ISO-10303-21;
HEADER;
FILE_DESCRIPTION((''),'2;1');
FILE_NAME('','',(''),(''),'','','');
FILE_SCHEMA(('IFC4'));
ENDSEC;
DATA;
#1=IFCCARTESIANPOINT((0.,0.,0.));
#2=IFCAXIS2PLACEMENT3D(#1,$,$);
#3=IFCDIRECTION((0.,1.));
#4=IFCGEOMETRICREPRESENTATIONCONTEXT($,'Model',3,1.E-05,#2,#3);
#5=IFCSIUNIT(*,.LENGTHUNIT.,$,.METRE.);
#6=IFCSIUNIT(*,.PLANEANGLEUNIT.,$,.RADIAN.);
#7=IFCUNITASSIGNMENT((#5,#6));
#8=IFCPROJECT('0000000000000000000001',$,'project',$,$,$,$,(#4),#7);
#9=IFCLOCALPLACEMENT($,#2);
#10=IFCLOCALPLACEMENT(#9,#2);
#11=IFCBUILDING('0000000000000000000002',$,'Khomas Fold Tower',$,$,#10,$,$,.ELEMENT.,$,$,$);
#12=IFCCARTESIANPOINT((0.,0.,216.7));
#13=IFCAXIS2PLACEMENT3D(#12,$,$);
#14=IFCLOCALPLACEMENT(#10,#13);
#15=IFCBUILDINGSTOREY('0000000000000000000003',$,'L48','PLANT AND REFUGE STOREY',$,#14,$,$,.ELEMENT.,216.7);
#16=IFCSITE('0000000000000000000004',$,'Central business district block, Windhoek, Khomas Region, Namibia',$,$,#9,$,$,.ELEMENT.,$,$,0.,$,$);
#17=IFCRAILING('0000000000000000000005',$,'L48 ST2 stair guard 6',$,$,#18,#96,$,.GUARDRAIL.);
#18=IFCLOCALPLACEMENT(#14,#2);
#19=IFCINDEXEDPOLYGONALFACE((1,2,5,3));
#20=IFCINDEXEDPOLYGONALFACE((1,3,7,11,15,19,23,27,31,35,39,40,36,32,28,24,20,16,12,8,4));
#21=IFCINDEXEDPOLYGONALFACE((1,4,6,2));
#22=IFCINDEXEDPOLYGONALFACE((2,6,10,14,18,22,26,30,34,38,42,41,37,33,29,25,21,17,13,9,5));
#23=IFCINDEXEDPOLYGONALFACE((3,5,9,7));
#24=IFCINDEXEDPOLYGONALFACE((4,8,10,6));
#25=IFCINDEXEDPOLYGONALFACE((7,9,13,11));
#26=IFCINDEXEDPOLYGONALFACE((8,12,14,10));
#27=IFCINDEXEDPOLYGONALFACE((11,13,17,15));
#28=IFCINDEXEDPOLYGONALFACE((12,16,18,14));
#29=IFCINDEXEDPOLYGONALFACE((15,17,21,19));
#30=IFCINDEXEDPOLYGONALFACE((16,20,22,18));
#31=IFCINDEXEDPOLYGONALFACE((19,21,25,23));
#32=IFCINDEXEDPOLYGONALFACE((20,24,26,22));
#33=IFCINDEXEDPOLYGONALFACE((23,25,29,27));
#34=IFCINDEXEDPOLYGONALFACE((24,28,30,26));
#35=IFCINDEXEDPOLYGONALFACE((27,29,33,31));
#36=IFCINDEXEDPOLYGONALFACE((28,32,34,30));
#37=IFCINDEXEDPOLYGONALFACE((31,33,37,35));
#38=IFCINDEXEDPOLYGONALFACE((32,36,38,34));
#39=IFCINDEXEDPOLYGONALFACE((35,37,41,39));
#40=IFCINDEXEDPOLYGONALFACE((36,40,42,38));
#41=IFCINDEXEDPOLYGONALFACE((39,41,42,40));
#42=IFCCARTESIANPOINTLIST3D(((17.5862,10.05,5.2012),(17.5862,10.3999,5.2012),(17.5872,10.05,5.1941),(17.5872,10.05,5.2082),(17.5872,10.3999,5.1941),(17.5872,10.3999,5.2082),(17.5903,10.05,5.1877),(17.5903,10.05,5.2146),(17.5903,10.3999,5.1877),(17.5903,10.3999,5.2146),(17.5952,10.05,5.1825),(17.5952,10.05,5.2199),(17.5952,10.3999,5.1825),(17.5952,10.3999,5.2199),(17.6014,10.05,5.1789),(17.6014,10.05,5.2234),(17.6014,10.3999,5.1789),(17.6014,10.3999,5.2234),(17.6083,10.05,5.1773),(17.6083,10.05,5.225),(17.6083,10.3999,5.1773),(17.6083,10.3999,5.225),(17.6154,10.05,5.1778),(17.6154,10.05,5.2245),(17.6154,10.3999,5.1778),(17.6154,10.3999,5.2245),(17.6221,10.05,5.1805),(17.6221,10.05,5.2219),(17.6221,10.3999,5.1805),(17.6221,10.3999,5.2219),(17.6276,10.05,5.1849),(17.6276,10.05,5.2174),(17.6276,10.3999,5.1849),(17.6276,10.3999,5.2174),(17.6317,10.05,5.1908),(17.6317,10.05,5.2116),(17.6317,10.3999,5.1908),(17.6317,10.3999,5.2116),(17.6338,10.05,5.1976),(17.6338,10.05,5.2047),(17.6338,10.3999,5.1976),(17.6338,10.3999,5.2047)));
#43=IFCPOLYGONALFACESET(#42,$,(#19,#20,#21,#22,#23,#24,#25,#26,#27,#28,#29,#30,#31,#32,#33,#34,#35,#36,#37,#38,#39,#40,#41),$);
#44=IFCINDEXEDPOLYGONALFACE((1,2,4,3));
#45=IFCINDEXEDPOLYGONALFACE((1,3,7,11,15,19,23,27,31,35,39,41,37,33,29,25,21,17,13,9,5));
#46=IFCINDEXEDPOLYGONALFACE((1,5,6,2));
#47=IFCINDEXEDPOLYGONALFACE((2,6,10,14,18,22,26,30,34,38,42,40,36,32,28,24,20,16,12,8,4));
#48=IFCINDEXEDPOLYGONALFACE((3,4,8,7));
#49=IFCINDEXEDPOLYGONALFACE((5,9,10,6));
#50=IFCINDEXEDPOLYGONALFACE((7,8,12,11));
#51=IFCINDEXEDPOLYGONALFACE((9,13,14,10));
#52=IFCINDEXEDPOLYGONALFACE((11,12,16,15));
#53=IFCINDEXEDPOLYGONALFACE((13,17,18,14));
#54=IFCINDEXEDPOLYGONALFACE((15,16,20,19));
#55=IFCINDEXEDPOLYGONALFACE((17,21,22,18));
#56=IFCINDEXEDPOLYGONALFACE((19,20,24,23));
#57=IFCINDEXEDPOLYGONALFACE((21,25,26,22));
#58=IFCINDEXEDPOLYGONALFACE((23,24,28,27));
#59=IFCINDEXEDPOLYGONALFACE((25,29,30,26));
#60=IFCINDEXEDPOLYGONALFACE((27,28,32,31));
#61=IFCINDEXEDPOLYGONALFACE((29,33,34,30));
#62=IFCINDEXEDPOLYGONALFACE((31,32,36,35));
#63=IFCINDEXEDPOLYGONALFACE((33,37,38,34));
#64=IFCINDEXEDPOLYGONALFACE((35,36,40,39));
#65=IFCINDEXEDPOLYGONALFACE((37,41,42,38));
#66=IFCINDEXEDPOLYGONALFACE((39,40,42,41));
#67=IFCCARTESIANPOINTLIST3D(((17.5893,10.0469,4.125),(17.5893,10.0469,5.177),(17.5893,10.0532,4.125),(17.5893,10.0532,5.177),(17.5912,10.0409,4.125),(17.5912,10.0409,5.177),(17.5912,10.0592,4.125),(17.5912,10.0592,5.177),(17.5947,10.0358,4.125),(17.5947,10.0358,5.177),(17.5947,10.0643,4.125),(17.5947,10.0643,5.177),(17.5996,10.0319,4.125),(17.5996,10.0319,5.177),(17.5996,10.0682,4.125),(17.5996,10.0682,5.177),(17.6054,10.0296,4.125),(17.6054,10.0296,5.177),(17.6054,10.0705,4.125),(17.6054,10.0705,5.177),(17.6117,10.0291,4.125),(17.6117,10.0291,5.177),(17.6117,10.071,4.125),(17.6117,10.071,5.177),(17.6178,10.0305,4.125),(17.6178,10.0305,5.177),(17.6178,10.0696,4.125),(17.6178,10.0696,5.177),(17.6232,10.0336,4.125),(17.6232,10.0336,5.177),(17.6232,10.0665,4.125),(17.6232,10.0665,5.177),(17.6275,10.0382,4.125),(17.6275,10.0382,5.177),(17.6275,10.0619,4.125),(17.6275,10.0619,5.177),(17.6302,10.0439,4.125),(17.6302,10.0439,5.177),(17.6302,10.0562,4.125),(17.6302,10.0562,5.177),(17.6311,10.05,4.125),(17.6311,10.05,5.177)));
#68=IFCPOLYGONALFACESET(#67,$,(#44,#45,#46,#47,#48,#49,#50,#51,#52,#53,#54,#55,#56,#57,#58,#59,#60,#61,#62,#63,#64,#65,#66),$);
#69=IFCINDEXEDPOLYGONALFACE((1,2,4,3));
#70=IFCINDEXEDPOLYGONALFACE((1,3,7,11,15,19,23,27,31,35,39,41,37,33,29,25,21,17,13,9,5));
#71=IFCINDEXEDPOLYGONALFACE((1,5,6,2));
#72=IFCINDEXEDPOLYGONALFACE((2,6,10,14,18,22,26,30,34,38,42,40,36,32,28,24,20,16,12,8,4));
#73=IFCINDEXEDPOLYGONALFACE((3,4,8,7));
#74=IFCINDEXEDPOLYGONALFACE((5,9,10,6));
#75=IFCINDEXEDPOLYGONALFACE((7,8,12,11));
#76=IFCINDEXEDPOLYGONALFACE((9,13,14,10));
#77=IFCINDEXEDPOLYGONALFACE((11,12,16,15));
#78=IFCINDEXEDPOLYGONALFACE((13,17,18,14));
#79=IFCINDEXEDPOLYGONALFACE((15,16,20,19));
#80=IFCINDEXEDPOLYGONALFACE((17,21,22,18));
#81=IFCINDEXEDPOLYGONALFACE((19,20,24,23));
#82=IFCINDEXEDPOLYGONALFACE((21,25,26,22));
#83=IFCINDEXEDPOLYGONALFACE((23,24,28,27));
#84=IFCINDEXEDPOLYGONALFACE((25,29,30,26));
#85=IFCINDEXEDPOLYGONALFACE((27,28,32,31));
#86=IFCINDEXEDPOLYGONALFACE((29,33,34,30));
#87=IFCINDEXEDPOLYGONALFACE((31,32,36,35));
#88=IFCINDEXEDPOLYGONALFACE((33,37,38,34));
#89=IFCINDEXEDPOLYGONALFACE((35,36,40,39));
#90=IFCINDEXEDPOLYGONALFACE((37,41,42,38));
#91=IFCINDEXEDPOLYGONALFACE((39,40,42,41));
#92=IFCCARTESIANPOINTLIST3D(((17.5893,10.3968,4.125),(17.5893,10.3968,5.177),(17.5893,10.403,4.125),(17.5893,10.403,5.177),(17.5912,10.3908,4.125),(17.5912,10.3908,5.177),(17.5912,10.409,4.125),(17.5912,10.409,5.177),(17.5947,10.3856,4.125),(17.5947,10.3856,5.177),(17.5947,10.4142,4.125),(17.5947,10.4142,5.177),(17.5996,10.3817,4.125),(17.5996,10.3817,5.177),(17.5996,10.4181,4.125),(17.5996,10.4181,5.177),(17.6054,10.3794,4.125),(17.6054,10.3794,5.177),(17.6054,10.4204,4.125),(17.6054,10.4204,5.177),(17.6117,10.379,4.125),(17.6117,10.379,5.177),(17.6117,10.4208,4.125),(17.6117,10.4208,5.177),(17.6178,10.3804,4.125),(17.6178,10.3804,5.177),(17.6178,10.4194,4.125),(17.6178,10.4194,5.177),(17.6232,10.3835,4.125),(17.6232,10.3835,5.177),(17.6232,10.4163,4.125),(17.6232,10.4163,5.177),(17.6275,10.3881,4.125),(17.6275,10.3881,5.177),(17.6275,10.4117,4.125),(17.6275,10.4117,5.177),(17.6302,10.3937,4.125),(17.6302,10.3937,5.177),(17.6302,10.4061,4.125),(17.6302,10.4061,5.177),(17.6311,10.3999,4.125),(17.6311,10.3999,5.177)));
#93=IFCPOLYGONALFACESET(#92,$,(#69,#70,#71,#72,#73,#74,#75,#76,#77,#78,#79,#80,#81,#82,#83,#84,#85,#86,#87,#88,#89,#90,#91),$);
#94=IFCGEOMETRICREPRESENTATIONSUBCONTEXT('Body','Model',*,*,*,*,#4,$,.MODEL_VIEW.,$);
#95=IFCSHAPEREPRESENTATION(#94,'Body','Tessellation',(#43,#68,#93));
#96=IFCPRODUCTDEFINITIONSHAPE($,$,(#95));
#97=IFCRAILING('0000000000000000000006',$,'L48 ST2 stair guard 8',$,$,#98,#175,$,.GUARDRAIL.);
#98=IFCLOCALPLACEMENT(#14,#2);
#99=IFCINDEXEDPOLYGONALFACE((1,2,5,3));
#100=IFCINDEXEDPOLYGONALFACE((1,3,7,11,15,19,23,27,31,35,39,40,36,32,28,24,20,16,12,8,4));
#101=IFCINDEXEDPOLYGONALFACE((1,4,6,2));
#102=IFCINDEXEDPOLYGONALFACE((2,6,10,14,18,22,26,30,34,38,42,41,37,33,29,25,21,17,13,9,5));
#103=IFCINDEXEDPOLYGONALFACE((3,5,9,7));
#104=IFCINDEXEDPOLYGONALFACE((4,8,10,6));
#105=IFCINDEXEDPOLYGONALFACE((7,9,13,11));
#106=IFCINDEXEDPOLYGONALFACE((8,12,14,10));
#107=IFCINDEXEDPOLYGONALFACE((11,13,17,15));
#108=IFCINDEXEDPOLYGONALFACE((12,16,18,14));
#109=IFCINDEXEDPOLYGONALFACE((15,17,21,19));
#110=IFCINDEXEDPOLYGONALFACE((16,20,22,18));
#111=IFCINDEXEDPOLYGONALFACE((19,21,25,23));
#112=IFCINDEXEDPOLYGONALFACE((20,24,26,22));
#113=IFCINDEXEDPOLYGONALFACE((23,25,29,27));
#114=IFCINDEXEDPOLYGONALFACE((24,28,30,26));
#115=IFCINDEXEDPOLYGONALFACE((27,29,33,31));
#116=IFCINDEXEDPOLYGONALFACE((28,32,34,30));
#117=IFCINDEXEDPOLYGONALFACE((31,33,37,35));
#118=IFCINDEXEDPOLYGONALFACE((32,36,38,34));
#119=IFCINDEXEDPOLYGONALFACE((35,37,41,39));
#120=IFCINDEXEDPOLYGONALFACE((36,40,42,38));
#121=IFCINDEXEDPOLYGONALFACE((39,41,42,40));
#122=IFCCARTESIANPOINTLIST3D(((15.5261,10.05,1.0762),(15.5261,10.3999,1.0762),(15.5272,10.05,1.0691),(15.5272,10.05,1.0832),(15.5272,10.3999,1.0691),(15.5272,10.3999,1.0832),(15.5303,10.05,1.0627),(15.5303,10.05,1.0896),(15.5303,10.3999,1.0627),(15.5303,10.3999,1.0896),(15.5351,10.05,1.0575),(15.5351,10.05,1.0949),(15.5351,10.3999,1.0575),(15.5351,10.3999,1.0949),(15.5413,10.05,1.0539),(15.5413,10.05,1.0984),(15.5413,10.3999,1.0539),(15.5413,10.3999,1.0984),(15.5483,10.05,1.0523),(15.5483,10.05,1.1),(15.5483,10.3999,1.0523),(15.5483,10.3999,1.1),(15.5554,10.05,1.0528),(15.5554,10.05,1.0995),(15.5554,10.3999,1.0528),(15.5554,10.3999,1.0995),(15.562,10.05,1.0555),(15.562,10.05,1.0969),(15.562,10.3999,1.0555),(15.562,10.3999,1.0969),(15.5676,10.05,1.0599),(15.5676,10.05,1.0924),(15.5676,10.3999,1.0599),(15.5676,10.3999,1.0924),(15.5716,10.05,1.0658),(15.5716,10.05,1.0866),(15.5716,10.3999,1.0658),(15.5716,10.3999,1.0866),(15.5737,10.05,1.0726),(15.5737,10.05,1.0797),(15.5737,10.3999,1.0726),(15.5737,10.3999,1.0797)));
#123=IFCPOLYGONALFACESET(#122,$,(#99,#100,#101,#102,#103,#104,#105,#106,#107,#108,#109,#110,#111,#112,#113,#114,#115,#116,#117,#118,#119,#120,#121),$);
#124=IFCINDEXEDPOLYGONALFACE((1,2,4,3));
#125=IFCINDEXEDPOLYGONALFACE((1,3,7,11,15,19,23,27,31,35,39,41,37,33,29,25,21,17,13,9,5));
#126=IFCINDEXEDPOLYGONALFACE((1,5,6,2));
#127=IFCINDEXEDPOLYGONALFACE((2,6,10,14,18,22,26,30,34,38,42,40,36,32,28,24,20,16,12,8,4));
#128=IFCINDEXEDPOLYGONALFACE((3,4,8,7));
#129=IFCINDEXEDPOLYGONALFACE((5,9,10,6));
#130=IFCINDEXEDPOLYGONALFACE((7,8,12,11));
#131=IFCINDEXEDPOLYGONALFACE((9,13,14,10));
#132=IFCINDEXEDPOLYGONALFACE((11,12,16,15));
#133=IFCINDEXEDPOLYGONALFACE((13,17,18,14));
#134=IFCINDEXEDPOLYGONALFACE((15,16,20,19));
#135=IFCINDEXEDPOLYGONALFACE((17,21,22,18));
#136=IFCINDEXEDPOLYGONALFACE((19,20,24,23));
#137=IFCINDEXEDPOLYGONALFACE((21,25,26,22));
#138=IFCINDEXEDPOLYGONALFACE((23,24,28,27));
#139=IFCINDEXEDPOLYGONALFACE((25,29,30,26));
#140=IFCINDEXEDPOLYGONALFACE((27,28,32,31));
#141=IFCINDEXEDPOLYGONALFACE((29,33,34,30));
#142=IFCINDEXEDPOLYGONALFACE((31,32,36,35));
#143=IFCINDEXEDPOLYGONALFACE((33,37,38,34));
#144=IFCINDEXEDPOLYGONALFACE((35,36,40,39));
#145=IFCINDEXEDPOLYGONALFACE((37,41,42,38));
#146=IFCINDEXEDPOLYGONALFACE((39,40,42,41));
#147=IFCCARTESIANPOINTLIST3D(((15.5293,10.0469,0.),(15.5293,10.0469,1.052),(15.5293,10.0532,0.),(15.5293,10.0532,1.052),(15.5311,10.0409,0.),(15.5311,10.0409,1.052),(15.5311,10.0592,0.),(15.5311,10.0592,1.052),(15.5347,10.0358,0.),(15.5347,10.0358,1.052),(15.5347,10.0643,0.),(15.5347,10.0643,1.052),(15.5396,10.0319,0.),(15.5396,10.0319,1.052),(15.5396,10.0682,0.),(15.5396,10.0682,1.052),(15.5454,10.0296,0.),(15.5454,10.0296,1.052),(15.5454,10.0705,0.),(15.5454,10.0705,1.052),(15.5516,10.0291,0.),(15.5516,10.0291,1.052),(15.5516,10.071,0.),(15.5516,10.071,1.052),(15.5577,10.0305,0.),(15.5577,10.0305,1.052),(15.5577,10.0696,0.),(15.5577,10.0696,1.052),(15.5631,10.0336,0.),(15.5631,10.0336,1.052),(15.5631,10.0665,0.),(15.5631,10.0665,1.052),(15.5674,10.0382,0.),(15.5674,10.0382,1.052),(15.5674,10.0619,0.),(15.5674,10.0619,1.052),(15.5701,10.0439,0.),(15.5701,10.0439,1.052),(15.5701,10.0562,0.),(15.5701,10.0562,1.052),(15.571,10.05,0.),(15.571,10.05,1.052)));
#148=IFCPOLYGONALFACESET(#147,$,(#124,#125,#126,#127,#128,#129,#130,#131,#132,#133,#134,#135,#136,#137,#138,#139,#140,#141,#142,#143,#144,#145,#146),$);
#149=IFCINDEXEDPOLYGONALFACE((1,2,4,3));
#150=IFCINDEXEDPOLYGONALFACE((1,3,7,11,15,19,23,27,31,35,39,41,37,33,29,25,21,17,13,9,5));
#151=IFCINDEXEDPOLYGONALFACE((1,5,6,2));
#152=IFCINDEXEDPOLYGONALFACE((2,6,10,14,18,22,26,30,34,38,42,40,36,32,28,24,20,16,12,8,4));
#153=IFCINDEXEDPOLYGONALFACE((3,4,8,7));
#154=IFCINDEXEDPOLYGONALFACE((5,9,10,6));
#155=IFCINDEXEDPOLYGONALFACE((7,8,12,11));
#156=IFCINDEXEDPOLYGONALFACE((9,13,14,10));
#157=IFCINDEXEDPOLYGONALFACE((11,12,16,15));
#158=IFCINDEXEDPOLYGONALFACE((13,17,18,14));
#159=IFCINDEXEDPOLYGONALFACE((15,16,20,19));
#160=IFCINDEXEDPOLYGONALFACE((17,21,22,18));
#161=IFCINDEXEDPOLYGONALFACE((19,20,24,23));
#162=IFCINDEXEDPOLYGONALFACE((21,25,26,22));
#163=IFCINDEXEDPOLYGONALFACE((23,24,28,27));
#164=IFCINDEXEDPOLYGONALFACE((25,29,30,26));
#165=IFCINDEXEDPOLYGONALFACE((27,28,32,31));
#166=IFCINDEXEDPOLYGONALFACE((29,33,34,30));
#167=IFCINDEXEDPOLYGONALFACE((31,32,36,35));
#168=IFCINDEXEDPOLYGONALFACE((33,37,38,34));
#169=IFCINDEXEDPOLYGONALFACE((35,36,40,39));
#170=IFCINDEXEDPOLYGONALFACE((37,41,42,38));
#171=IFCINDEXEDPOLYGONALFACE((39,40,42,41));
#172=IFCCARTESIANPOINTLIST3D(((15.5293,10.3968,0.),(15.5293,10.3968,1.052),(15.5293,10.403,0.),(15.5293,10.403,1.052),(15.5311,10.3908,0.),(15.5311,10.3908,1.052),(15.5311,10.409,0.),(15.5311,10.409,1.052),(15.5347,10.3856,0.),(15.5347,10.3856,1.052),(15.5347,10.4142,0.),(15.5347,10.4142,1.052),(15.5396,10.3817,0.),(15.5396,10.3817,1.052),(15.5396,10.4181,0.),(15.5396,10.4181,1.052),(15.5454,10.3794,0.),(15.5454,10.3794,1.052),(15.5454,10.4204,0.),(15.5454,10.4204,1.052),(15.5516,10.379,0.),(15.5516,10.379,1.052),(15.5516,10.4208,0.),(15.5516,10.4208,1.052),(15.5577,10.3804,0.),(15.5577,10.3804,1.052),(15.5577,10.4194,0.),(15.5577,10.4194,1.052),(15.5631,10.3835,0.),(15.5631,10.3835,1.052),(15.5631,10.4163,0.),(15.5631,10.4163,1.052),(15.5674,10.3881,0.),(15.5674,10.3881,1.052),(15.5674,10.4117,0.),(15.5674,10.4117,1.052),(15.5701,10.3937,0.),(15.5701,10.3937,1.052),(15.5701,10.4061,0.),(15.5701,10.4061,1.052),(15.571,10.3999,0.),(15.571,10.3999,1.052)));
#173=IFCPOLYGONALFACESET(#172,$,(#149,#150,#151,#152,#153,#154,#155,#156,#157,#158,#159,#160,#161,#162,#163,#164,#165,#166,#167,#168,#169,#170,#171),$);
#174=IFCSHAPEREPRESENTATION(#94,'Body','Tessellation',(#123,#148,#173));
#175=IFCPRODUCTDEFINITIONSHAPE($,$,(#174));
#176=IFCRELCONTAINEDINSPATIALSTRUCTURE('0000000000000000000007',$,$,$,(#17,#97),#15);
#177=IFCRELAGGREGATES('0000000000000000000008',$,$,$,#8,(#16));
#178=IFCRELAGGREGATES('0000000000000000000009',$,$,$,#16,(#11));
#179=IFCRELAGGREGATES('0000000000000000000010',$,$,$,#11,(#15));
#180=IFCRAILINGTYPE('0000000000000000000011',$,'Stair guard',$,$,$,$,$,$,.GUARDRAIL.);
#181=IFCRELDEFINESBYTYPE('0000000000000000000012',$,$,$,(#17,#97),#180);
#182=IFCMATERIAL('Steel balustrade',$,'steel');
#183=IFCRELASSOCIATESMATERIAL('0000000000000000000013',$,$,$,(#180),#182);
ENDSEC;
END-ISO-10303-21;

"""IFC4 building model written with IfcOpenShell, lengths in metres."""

from ifc_helpers import new_model, si_unit, direction, frame, origin, origin_2d, place, context, subcontext, project, spatial, circle, extrude, source, transform, mapped, material, type_object, element, save


model = new_model("IFC4")

# Units and contexts
model_context = context("Model", 3, precision=1e-05, world=origin(), true_north=direction((0.0, 1.0)))
body_context = subcontext(model_context, "Body", "Model", "MODEL_VIEW")
ifc_project = project(units=[si_unit("LENGTHUNIT", "METRE"), si_unit("PLANEANGLEUNIT", "RADIAN")], contexts=[model_context])

# Site, building, storey
site_placement = place(None, origin())
site = spatial("IfcSite", under=ifc_project, at=site_placement, Name="Central business district block, Windhoek, Khomas Region, Namibia", CompositionType="ELEMENT", RefElevation=0.0)
building_placement = place(site_placement, origin())
building = spatial("IfcBuilding", under=site, at=building_placement, Name="Khomas Fold Tower", CompositionType="ELEMENT")
storey_placement = place(building_placement, frame((0.0, 0.0, 216.7)))
storey = spatial("IfcBuildingStorey", under=building, at=storey_placement, Name="L48", Description="PLANT AND REFUGE STOREY", CompositionType="ELEMENT", Elevation=216.7)

# Railings
ifc_material_1 = material(Name="Steel balustrade", Category="steel")
railing_type_1 = type_object("IfcRailingType", Name="Stair guard", PredefinedType="GUARDRAIL", material=ifc_material_1)
shared_shape_1 = source(origin(), body_context, "Body", "SweptSolid", [
    extrude(circle(Radius=0.0239, at=origin_2d()), frame((0.0, 0.0, 1.0762), z_axis=(0.0, 1.0, 0.0), x_axis=(-1.0, 0.0, 0.0)), (0.0, 0.0, 1.0), 0.3499),
    extrude(circle(Radius=0.021, at=origin_2d()), origin(), (0.0, 0.0, 1.0), 1.052),
    extrude(circle(Radius=0.021, at=origin_2d()), frame((0.0, 0.3499, 0.0)), (0.0, 0.0, 1.0), 1.052),
])
for number, where, name in (
    (1, (17.6101, 10.05, 4.125), "L48 ST2 stair guard 6"),
    (2, (15.55, 10.05, 0.0), "L48 ST2 stair guard 8"),
):
    element("IfcRailing", number, at=place(storey_placement, frame(where)), inside=storey, type_object=railing_type_1, Name=name, PredefinedType="GUARDRAIL", context=body_context, shape_type="MappedRepresentation", body=[
        mapped(shared_shape_1, transform((0.0, 0.0, 0.0))),
    ])

save(model, "model.ifc")
